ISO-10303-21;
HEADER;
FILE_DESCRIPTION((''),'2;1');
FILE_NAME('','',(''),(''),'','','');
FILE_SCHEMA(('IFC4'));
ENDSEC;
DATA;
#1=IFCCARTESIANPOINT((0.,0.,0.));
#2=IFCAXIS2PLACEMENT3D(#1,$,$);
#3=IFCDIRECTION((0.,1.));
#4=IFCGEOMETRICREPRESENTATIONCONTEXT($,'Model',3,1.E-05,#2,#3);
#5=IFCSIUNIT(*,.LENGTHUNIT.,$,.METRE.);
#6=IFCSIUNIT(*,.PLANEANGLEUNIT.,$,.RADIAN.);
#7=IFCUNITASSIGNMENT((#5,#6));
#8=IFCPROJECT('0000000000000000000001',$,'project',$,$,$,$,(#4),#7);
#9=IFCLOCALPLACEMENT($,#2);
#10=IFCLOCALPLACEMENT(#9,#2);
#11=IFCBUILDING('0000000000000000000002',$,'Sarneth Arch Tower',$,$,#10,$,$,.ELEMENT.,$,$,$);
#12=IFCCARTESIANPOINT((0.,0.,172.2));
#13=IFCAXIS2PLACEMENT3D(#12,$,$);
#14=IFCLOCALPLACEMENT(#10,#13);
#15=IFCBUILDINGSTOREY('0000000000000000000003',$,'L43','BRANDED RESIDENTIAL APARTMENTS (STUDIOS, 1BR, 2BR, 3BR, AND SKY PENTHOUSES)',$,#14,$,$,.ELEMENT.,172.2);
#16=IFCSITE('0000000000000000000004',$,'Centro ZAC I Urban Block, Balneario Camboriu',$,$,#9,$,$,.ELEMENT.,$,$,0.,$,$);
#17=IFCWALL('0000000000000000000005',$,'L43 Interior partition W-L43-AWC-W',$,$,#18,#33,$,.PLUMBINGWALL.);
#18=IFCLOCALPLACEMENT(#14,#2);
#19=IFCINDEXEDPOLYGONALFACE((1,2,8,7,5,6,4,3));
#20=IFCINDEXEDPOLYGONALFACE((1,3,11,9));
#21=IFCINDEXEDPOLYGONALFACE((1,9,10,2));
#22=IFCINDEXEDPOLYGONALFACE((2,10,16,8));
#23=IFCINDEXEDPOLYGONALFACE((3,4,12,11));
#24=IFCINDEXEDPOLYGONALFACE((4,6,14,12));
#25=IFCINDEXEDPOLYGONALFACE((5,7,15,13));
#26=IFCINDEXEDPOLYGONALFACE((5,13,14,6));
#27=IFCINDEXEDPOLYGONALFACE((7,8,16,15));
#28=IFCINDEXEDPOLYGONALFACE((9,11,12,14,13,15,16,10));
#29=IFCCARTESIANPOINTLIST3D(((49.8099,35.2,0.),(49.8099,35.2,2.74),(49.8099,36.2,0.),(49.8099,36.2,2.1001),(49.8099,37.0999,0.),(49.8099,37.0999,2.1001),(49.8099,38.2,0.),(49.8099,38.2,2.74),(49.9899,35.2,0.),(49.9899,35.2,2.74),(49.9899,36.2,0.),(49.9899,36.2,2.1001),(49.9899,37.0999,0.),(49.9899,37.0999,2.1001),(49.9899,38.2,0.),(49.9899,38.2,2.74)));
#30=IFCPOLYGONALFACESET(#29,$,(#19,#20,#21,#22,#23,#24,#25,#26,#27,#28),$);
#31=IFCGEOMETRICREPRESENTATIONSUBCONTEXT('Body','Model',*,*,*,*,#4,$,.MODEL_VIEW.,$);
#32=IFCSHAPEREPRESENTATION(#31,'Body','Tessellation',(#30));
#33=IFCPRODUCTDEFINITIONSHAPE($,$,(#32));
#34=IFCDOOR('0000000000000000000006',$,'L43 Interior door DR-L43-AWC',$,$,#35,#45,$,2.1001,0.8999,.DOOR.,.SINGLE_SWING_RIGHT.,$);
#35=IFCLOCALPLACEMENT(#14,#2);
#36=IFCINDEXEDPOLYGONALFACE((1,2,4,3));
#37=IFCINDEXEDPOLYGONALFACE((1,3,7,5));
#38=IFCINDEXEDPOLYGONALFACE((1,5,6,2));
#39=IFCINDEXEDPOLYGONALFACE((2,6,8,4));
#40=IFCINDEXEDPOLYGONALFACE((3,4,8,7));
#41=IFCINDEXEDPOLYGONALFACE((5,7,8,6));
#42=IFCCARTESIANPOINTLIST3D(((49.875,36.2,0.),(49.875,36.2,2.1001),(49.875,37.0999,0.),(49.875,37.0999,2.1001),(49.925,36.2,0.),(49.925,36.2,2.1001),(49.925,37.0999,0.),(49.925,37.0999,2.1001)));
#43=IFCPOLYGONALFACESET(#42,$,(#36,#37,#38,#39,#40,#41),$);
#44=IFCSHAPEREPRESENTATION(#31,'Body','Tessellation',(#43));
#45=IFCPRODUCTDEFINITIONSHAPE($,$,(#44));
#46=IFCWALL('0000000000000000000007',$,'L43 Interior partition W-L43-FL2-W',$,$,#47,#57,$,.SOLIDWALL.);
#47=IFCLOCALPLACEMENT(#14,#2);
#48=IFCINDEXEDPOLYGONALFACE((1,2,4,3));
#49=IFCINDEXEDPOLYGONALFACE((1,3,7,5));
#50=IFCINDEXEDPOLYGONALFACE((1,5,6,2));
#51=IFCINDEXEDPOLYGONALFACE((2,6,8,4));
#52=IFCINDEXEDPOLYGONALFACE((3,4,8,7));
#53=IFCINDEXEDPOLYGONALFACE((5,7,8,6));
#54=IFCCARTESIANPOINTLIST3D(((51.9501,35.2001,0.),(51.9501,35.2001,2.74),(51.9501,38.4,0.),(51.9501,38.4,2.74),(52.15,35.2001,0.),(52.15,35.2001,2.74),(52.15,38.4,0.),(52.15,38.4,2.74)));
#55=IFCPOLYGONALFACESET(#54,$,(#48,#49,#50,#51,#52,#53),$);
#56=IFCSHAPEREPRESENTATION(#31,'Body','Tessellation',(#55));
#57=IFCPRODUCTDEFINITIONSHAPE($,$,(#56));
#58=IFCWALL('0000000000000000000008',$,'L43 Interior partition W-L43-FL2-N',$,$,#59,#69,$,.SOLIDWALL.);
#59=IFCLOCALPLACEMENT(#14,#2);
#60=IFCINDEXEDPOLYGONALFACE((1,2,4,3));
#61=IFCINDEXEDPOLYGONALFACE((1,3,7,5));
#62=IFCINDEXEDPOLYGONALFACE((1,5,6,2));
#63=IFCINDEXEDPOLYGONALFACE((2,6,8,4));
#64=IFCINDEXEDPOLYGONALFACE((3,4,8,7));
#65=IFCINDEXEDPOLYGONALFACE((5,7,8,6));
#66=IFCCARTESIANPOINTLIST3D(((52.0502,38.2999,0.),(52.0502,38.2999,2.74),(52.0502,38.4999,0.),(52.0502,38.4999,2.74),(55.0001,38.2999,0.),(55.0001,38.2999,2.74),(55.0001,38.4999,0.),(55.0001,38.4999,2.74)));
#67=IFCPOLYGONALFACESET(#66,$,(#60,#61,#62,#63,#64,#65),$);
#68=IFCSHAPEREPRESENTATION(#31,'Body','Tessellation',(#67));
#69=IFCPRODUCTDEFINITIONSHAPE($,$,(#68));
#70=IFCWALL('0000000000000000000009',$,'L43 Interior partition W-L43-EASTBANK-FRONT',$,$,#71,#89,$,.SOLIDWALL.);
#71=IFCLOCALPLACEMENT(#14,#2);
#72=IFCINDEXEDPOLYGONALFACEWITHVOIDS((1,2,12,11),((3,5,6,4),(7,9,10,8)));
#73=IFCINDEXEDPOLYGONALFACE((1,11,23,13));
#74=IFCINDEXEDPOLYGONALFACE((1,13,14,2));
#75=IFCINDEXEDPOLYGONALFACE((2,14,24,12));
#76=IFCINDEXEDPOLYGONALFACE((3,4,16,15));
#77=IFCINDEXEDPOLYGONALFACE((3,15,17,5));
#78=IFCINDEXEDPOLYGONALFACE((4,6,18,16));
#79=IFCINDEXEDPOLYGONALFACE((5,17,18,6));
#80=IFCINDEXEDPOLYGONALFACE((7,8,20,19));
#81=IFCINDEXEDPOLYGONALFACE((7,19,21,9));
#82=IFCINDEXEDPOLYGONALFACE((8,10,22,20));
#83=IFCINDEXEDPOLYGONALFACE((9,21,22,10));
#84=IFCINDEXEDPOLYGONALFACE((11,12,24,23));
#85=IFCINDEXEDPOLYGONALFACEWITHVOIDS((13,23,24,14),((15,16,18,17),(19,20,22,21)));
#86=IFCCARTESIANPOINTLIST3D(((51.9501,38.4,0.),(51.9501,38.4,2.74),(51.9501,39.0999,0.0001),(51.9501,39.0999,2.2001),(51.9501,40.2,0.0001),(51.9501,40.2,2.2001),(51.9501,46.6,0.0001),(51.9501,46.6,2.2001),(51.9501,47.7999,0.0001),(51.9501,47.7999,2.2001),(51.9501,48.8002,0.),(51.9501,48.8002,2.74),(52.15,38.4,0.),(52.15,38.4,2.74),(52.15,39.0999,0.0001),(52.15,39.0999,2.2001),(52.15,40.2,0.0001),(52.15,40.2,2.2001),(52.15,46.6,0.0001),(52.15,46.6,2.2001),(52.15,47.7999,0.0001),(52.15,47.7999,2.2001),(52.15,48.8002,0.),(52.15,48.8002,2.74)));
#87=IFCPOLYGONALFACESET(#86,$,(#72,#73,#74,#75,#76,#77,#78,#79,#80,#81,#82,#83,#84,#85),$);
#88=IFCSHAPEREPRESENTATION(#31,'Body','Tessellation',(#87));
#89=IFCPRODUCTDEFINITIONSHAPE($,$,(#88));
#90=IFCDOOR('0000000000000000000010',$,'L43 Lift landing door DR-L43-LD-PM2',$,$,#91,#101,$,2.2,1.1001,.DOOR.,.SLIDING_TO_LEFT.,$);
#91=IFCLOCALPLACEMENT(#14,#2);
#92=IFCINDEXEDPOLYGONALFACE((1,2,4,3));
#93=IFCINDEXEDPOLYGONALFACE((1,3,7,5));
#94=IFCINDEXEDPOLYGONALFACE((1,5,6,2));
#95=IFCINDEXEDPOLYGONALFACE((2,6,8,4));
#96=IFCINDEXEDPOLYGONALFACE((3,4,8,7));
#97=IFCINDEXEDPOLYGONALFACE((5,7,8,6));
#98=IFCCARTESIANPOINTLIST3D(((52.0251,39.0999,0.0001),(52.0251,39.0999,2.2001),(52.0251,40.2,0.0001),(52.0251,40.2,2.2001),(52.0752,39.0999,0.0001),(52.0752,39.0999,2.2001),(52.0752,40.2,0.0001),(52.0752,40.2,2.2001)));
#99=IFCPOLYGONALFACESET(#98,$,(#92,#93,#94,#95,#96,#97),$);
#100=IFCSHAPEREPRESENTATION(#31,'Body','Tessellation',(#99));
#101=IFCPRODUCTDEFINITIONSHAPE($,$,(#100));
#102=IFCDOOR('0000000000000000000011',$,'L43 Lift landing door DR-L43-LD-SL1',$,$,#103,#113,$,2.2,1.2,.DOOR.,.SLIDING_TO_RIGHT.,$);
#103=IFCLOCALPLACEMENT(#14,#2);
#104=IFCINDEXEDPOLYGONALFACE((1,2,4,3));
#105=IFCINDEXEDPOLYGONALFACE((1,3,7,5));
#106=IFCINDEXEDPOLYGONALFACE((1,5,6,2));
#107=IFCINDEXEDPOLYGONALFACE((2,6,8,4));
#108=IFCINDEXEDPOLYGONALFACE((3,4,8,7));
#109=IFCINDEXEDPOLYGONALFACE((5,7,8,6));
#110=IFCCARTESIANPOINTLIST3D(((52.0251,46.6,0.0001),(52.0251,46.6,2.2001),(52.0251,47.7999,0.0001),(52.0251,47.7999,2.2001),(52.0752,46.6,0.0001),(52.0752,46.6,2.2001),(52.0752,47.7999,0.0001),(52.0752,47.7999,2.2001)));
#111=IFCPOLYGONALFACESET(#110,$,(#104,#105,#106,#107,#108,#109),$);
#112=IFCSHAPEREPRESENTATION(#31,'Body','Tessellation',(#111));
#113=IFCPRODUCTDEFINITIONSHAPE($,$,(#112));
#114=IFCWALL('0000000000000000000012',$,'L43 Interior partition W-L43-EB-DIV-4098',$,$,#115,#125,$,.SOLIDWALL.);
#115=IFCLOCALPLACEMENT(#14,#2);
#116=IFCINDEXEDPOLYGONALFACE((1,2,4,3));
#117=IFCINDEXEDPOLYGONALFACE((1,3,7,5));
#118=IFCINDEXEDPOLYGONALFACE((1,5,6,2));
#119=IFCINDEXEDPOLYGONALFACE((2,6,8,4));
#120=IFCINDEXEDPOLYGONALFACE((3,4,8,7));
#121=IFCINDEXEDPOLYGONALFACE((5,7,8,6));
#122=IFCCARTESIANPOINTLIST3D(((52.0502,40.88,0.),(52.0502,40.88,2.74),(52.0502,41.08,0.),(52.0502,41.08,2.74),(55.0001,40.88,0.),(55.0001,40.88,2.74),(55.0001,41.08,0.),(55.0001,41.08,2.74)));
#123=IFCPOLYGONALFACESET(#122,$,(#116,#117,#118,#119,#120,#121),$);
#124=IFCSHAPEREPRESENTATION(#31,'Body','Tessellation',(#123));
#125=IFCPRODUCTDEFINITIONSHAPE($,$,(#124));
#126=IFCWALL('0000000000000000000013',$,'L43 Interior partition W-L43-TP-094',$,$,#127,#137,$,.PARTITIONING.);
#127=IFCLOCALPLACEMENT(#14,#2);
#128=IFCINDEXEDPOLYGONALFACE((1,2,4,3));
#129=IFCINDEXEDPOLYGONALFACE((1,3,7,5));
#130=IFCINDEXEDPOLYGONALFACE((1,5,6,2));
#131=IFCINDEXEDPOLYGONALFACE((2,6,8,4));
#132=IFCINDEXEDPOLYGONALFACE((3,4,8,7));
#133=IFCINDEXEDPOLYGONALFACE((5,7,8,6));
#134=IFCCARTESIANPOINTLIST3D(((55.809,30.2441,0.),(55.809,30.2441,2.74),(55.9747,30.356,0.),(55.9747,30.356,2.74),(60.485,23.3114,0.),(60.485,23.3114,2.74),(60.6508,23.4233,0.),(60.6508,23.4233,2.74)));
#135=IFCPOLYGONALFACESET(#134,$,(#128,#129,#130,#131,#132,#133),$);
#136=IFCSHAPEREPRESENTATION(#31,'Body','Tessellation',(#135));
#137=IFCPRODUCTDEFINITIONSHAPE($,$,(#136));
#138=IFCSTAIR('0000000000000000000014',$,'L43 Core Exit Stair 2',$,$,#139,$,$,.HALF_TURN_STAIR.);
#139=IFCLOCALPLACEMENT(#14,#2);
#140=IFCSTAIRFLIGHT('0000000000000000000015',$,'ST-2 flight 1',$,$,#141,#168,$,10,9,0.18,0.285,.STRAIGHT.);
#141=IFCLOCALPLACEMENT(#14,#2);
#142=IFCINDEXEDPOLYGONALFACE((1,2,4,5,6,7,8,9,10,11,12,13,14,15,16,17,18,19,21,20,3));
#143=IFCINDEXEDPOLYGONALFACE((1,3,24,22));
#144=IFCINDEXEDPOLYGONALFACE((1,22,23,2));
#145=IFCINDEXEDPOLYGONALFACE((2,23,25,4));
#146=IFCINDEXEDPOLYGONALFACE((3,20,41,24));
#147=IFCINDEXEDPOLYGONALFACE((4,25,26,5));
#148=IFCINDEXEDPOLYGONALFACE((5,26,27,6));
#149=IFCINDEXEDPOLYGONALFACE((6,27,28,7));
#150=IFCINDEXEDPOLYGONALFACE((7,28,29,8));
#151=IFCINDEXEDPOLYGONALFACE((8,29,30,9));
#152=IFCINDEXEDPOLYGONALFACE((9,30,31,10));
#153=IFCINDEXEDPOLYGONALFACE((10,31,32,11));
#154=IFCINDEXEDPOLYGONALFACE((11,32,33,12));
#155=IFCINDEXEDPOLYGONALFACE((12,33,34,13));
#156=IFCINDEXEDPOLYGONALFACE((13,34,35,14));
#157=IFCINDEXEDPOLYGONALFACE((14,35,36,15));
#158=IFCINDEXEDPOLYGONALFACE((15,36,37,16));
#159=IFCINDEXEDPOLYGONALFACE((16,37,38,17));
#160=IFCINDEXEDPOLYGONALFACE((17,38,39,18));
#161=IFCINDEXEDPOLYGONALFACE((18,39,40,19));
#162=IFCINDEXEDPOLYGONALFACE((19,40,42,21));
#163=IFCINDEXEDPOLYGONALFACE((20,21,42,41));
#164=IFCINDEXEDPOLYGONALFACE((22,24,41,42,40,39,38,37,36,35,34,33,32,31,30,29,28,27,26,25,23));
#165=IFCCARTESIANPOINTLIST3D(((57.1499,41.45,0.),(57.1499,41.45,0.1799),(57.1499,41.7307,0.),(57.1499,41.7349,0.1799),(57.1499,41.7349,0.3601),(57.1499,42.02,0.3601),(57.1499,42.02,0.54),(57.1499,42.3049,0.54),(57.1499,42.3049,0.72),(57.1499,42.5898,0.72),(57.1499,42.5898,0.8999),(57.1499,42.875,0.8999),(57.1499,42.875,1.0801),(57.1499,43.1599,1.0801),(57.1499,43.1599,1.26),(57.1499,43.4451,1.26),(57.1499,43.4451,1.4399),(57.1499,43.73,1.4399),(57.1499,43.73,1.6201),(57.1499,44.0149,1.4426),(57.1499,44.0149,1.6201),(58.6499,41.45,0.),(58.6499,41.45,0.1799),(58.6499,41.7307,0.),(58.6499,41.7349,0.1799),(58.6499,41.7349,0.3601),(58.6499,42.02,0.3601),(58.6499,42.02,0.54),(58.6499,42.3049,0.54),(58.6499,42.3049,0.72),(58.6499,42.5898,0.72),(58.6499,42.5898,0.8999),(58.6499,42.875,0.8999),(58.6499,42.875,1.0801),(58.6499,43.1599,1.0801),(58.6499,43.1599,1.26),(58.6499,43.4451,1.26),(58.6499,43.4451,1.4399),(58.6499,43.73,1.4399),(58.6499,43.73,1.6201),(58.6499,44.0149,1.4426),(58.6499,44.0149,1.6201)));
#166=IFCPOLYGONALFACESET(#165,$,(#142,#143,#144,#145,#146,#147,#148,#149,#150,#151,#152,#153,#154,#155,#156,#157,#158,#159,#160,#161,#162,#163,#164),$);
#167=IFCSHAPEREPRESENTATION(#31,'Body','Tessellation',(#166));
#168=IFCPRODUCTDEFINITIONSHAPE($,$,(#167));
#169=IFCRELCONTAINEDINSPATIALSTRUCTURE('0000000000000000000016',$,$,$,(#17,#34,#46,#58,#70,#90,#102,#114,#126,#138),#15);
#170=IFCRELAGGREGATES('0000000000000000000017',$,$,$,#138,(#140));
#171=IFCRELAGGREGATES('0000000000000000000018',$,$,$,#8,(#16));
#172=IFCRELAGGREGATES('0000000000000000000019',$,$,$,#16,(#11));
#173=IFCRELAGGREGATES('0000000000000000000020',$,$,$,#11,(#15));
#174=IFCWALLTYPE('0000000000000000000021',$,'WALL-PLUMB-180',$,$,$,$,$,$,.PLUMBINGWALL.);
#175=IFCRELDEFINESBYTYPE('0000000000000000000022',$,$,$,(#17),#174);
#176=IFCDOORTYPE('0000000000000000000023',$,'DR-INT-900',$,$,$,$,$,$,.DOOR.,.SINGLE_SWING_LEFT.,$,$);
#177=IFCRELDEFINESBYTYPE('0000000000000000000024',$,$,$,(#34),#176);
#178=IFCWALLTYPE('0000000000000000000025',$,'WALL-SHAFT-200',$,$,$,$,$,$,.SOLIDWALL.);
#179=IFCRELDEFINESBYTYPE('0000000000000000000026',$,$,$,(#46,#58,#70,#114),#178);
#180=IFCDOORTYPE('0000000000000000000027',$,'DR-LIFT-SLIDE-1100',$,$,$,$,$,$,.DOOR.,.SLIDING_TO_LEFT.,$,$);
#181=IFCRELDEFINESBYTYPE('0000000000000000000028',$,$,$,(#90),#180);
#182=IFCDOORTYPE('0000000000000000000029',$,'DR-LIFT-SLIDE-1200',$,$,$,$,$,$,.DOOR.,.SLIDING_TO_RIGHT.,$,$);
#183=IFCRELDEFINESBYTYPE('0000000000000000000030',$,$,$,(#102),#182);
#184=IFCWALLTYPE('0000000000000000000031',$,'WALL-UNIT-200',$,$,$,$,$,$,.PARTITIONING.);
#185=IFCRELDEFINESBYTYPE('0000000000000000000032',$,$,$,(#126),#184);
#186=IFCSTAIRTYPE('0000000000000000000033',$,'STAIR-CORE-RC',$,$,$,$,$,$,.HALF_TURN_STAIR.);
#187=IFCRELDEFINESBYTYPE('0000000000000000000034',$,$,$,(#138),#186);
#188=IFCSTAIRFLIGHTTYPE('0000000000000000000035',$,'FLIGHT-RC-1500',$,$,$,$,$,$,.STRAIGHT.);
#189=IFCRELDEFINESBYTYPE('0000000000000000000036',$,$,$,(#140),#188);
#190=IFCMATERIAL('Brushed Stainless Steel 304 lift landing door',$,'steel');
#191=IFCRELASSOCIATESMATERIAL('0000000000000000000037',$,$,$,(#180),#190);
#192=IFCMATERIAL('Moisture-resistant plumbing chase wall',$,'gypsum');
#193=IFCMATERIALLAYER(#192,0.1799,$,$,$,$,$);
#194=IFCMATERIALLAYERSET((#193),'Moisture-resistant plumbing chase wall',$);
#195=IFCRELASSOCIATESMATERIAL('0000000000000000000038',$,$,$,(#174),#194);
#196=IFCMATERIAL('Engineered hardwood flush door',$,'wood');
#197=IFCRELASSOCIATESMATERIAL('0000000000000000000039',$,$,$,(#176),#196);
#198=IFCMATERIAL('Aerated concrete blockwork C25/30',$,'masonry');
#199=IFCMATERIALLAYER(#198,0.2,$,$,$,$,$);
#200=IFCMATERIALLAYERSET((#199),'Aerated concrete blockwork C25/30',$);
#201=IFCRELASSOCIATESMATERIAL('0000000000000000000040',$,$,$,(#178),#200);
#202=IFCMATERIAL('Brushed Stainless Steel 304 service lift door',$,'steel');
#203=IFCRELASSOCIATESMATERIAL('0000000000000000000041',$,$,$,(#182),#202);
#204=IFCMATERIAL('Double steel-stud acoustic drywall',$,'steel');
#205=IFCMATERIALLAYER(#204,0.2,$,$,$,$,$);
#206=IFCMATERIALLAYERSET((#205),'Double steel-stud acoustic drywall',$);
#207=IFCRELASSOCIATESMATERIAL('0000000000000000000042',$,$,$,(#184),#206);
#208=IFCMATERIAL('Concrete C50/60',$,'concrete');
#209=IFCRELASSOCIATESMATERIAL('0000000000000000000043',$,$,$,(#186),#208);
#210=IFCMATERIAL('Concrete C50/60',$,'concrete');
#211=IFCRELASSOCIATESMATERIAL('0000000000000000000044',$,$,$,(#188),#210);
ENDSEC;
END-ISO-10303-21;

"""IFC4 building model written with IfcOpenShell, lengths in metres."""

from ifc_helpers import new_model, si_unit, direction, frame, frame_2d, origin, place, context, subcontext, project, spatial, polyline, rectangle, outline, extrude, material, layer, layer_set, type_object, element, fill, aggregate, save


model = new_model("IFC4")

# Units and contexts
model_context = context("Model", 3, precision=1e-05, world=origin(), true_north=direction((0.0, 1.0)))
body_context = subcontext(model_context, "Body", "Model", "MODEL_VIEW")
ifc_project = project(units=[si_unit("LENGTHUNIT", "METRE"), si_unit("PLANEANGLEUNIT", "RADIAN")], contexts=[model_context])

# Site, building, storey
site_placement = place(None, origin())
site = spatial("IfcSite", under=ifc_project, at=site_placement, Name="Centro ZAC I Urban Block, Balneario Camboriu", CompositionType="ELEMENT", RefElevation=0.0)
building_placement = place(site_placement, origin())
building = spatial("IfcBuilding", under=site, at=building_placement, Name="Sarneth Arch Tower", CompositionType="ELEMENT")
storey_placement = place(building_placement, frame((0.0, 0.0, 172.2)))
storey = spatial("IfcBuildingStorey", under=building, at=storey_placement, Name="L43", Description="BRANDED RESIDENTIAL APARTMENTS (STUDIOS, 1BR, 2BR, 3BR, AND SKY PENTHOUSES)", CompositionType="ELEMENT", Elevation=172.2)

# Shared definitions
ifc_material_1 = material(Name="Brushed Stainless Steel 304 lift landing door", Category="steel")
door_type_1 = type_object("IfcDoorType", Name="DR-LIFT-SLIDE-1100", OperationType="SLIDING_TO_LEFT", PredefinedType="DOOR", material=ifc_material_1)

# Shared definitions
ifc_material_2 = material(Name="Moisture-resistant plumbing chase wall", Category="gypsum")
ifc_layer_1 = layer(ifc_material_2, 0.1799)
ifc_layer_set_1 = layer_set([ifc_layer_1], Name="Moisture-resistant plumbing chase wall")
wall_type_1 = type_object("IfcWallType", Name="WALL-PLUMB-180", PredefinedType="PLUMBINGWALL", material=ifc_layer_set_1)

# Wall, opening, door
wall_1_placement = place(storey_placement, frame((49.8999, 35.2, 0.0), z_axis=(0.0, 0.0, 1.0), x_axis=(0.0, 1.0, 0.0)))
wall_1 = element("IfcWall", 1, at=wall_1_placement, inside=storey, type_object=wall_type_1, Name="L43 Interior partition W-L43-AWC-W", PredefinedType="PLUMBINGWALL", context=body_context, shape_type="SweptSolid", body=[
    extrude(rectangle(XDim=3.0, YDim=0.1799, at=frame_2d((1.5, 0.0))), origin(), (0.0, 0.0, 1.0), 2.74),
])
opening_1_placement = place(wall_1_placement, frame((1.0, 0.0, 0.0)))
opening_1 = element("IfcOpeningElement", 2, at=opening_1_placement, cuts=wall_1, PredefinedType="OPENING", context=body_context, shape_type="SweptSolid", body=[
    extrude(rectangle(XDim=0.8999, YDim=2.1001, at=frame_2d((0.45, 1.05))), frame((0.0, 0.0999, 0.0), z_axis=(0.0, -1.0, 0.0), x_axis=(1.0, 0.0, 0.0)), (0.0, 0.0, 1.0), 0.2),
])
ifc_material_3 = material(Name="Engineered hardwood flush door", Category="wood")
door_type_2 = type_object("IfcDoorType", Name="DR-INT-900", OperationType="SINGLE_SWING_LEFT", PredefinedType="DOOR", material=ifc_material_3)
door_1_placement = place(opening_1_placement, origin())
door_1 = element("IfcDoor", 3, at=door_1_placement, inside=storey, type_object=door_type_2, Name="L43 Interior door DR-L43-AWC", OperationType="SINGLE_SWING_RIGHT", OverallHeight=2.1001, OverallWidth=0.8999, PredefinedType="DOOR", context=body_context, shape_type="SweptSolid", body=[
    extrude(rectangle(XDim=0.8999, YDim=2.1001, at=frame_2d((0.45, 1.05))), frame((0.0, 0.0249, 0.0), z_axis=(0.0, -1.0, 0.0), x_axis=(1.0, 0.0, 0.0)), (0.0, 0.0, 1.0), 0.05),
])
fill(opening_1, door_1)
ifc_material_4 = material(Name="Aerated concrete blockwork C25/30", Category="masonry")
ifc_layer_2 = layer(ifc_material_4, 0.2)
ifc_layer_set_2 = layer_set([ifc_layer_2], Name="Aerated concrete blockwork C25/30")
wall_type_2 = type_object("IfcWallType", Name="WALL-SHAFT-200", PredefinedType="SOLIDWALL", material=ifc_layer_set_2)

# Walls
wall_2_placement = place(storey_placement, frame((52.05, 35.2, 0.0), z_axis=(0.0, 0.0, 1.0), x_axis=(0.0, 1.0, 0.0)))
element("IfcWall", 4, at=wall_2_placement, inside=storey, type_object=wall_type_2, Name="L43 Interior partition W-L43-FL2-W", PredefinedType="SOLIDWALL", context=body_context, shape_type="SweptSolid", body=[
    extrude(rectangle(XDim=3.2, YDim=0.2, at=frame_2d((1.6001, 0.0))), origin(), (0.0, 0.0, 1.0), 2.74),
])
wall_3_placement = place(storey_placement, frame((52.05, 38.3999, 0.0), z_axis=(0.0, 0.0, 1.0), x_axis=(1.0, 0.0, 0.0)))
element("IfcWall", 5, at=wall_3_placement, inside=storey, type_object=wall_type_2, Name="L43 Interior partition W-L43-FL2-N", PredefinedType="SOLIDWALL", context=body_context, shape_type="SweptSolid", body=[
    extrude(rectangle(XDim=2.95, YDim=0.2, at=frame_2d((1.4751, 0.0))), origin(), (0.0, 0.0, 1.0), 2.74),
])

# Wall, openings, doors
wall_4_placement = place(storey_placement, frame((52.05, 38.3999, 0.0), z_axis=(0.0, 0.0, 1.0), x_axis=(0.0, 1.0, 0.0)))
wall_4 = element("IfcWall", 6, at=wall_4_placement, inside=storey, type_object=wall_type_2, Name="L43 Interior partition W-L43-EASTBANK-FRONT", PredefinedType="SOLIDWALL", context=body_context, shape_type="SweptSolid", body=[
    extrude(rectangle(XDim=10.4001, YDim=0.2, at=frame_2d((5.2002, 0.0))), origin(), (0.0, 0.0, 1.0), 2.74),
])
opening_2_placement = place(wall_4_placement, frame((0.7, 0.0, 0.0)))
opening_2 = element("IfcOpeningElement", 7, at=opening_2_placement, cuts=wall_4, PredefinedType="OPENING", context=body_context, shape_type="SweptSolid", body=[
    extrude(rectangle(XDim=1.1001, YDim=2.2, at=frame_2d((0.55, 1.1001))), frame((0.0, 0.1099, 0.0), z_axis=(0.0, -1.0, 0.0), x_axis=(1.0, 0.0, 0.0)), (0.0, 0.0, 1.0), 0.22),
])
opening_3_placement = place(wall_4_placement, frame((8.2, 0.0, 0.0)))
opening_3 = element("IfcOpeningElement", 8, at=opening_3_placement, cuts=wall_4, PredefinedType="OPENING", context=body_context, shape_type="SweptSolid", body=[
    extrude(rectangle(XDim=1.2, YDim=2.2, at=frame_2d((0.6001, 1.1001))), frame((0.0, 0.1099, 0.0), z_axis=(0.0, -1.0, 0.0), x_axis=(1.0, 0.0, 0.0)), (0.0, 0.0, 1.0), 0.22),
])
door_2_placement = place(opening_2_placement, origin())
door_2 = element("IfcDoor", 9, at=door_2_placement, inside=storey, type_object=door_type_1, Name="L43 Lift landing door DR-L43-LD-PM2", OperationType="SLIDING_TO_LEFT", OverallHeight=2.2, OverallWidth=1.1001, PredefinedType="DOOR", context=body_context, shape_type="SweptSolid", body=[
    extrude(rectangle(XDim=1.1001, YDim=2.2, at=frame_2d((0.55, 1.1001))), frame((0.0, 0.0249, 0.0), z_axis=(0.0, -1.0, 0.0), x_axis=(1.0, 0.0, 0.0)), (0.0, 0.0, 1.0), 0.05),
])
fill(opening_2, door_2)
ifc_material_5 = material(Name="Brushed Stainless Steel 304 service lift door", Category="steel")
door_type_3 = type_object("IfcDoorType", Name="DR-LIFT-SLIDE-1200", OperationType="SLIDING_TO_RIGHT", PredefinedType="DOOR", material=ifc_material_5)
door_3_placement = place(opening_3_placement, origin())
door_3 = element("IfcDoor", 10, at=door_3_placement, inside=storey, type_object=door_type_3, Name="L43 Lift landing door DR-L43-LD-SL1", OperationType="SLIDING_TO_RIGHT", OverallHeight=2.2, OverallWidth=1.2, PredefinedType="DOOR", context=body_context, shape_type="SweptSolid", body=[
    extrude(rectangle(XDim=1.2, YDim=2.2, at=frame_2d((0.6001, 1.1001))), frame((0.0, 0.0249, 0.0), z_axis=(0.0, -1.0, 0.0), x_axis=(1.0, 0.0, 0.0)), (0.0, 0.0, 1.0), 0.05),
])
fill(opening_3, door_3)

# Walls
wall_5_placement = place(storey_placement, frame((52.05, 40.98, 0.0), z_axis=(0.0, 0.0, 1.0), x_axis=(1.0, 0.0, 0.0)))
element("IfcWall", 11, at=wall_5_placement, inside=storey, type_object=wall_type_2, Name="L43 Interior partition W-L43-EB-DIV-4098", PredefinedType="SOLIDWALL", context=body_context, shape_type="SweptSolid", body=[
    extrude(rectangle(XDim=2.95, YDim=0.2, at=frame_2d((1.4751, 0.0))), origin(), (0.0, 0.0, 1.0), 2.74),
])
ifc_material_6 = material(Name="Double steel-stud acoustic drywall", Category="steel")
ifc_layer_3 = layer(ifc_material_6, 0.2)
ifc_layer_set_3 = layer_set([ifc_layer_3], Name="Double steel-stud acoustic drywall")
wall_type_3 = type_object("IfcWallType", Name="WALL-UNIT-200", PredefinedType="PARTITIONING", material=ifc_layer_set_3)
wall_6_placement = place(storey_placement, frame((55.8918, 30.3, 0.0), z_axis=(0.0, 0.0, 1.0), x_axis=(0.559186, -0.829042, 0.0)))
element("IfcWall", 12, at=wall_6_placement, inside=storey, type_object=wall_type_3, Name="L43 Interior partition W-L43-TP-094", PredefinedType="PARTITIONING", context=body_context, shape_type="SweptSolid", body=[
    extrude(rectangle(XDim=8.3623, YDim=0.2, at=frame_2d((4.1812, 0.0))), origin(), (0.0, 0.0, 1.0), 2.74),
])

# Stair, stair flight
ifc_material_7 = material(Name="Concrete C50/60", Category="concrete")
stair_type = type_object("IfcStairType", Name="STAIR-CORE-RC", PredefinedType="HALF_TURN_STAIR", material=ifc_material_7)
stair_placement = place(storey_placement, origin())
stair = element("IfcStair", 13, at=stair_placement, inside=storey, type_object=stair_type, Name="L43 Core Exit Stair 2", PredefinedType="HALF_TURN_STAIR")
ifc_material_8 = material(Name="Concrete C50/60", Category="concrete")
stair_flight_type = type_object("IfcStairFlightType", Name="FLIGHT-RC-1500", PredefinedType="STRAIGHT", material=ifc_material_8)
stair_flight_placement = place(storey_placement, frame((57.8999, 41.45, 0.0), z_axis=(0.0, 0.0, 1.0), x_axis=(0.0, 1.0, 0.0)))
stair_flight = element("IfcStairFlight", 14, at=stair_flight_placement, type_object=stair_flight_type, Name="ST-2 flight 1", NumberOfRisers=10, NumberOfTreads=9, PredefinedType="STRAIGHT", RiserHeight=0.18, TreadLength=0.285, context=body_context, shape_type="SweptSolid", body=[
    extrude(outline(polyline([(0.0, 0.0), (0.0, 0.1799), (0.2849, 0.1799), (0.2849, 0.3601), (0.5701, 0.3601), (0.5701, 0.54), (0.855, 0.54), (0.855, 0.72), (1.1399, 0.72), (1.1399, 0.8999), (1.425, 0.8999), (1.425, 1.0801), (1.71, 1.0801), (1.71, 1.26), (1.9951, 1.26), (1.9951, 1.4399), (2.28, 1.4399), (2.28, 1.6201), (2.5649, 1.6201), (2.5649, 1.8), (2.5649, 1.4426), (0.2808, 0.0), (0.0, 0.0)])), frame((0.0, 0.75, 0.0), z_axis=(0.0, -1.0, 0.0), x_axis=(1.0, 0.0, 0.0)), (0.0, 0.0, 1.0), 1.5),
])
aggregate(stair, [stair_flight])

save(model, "model.ifc")
